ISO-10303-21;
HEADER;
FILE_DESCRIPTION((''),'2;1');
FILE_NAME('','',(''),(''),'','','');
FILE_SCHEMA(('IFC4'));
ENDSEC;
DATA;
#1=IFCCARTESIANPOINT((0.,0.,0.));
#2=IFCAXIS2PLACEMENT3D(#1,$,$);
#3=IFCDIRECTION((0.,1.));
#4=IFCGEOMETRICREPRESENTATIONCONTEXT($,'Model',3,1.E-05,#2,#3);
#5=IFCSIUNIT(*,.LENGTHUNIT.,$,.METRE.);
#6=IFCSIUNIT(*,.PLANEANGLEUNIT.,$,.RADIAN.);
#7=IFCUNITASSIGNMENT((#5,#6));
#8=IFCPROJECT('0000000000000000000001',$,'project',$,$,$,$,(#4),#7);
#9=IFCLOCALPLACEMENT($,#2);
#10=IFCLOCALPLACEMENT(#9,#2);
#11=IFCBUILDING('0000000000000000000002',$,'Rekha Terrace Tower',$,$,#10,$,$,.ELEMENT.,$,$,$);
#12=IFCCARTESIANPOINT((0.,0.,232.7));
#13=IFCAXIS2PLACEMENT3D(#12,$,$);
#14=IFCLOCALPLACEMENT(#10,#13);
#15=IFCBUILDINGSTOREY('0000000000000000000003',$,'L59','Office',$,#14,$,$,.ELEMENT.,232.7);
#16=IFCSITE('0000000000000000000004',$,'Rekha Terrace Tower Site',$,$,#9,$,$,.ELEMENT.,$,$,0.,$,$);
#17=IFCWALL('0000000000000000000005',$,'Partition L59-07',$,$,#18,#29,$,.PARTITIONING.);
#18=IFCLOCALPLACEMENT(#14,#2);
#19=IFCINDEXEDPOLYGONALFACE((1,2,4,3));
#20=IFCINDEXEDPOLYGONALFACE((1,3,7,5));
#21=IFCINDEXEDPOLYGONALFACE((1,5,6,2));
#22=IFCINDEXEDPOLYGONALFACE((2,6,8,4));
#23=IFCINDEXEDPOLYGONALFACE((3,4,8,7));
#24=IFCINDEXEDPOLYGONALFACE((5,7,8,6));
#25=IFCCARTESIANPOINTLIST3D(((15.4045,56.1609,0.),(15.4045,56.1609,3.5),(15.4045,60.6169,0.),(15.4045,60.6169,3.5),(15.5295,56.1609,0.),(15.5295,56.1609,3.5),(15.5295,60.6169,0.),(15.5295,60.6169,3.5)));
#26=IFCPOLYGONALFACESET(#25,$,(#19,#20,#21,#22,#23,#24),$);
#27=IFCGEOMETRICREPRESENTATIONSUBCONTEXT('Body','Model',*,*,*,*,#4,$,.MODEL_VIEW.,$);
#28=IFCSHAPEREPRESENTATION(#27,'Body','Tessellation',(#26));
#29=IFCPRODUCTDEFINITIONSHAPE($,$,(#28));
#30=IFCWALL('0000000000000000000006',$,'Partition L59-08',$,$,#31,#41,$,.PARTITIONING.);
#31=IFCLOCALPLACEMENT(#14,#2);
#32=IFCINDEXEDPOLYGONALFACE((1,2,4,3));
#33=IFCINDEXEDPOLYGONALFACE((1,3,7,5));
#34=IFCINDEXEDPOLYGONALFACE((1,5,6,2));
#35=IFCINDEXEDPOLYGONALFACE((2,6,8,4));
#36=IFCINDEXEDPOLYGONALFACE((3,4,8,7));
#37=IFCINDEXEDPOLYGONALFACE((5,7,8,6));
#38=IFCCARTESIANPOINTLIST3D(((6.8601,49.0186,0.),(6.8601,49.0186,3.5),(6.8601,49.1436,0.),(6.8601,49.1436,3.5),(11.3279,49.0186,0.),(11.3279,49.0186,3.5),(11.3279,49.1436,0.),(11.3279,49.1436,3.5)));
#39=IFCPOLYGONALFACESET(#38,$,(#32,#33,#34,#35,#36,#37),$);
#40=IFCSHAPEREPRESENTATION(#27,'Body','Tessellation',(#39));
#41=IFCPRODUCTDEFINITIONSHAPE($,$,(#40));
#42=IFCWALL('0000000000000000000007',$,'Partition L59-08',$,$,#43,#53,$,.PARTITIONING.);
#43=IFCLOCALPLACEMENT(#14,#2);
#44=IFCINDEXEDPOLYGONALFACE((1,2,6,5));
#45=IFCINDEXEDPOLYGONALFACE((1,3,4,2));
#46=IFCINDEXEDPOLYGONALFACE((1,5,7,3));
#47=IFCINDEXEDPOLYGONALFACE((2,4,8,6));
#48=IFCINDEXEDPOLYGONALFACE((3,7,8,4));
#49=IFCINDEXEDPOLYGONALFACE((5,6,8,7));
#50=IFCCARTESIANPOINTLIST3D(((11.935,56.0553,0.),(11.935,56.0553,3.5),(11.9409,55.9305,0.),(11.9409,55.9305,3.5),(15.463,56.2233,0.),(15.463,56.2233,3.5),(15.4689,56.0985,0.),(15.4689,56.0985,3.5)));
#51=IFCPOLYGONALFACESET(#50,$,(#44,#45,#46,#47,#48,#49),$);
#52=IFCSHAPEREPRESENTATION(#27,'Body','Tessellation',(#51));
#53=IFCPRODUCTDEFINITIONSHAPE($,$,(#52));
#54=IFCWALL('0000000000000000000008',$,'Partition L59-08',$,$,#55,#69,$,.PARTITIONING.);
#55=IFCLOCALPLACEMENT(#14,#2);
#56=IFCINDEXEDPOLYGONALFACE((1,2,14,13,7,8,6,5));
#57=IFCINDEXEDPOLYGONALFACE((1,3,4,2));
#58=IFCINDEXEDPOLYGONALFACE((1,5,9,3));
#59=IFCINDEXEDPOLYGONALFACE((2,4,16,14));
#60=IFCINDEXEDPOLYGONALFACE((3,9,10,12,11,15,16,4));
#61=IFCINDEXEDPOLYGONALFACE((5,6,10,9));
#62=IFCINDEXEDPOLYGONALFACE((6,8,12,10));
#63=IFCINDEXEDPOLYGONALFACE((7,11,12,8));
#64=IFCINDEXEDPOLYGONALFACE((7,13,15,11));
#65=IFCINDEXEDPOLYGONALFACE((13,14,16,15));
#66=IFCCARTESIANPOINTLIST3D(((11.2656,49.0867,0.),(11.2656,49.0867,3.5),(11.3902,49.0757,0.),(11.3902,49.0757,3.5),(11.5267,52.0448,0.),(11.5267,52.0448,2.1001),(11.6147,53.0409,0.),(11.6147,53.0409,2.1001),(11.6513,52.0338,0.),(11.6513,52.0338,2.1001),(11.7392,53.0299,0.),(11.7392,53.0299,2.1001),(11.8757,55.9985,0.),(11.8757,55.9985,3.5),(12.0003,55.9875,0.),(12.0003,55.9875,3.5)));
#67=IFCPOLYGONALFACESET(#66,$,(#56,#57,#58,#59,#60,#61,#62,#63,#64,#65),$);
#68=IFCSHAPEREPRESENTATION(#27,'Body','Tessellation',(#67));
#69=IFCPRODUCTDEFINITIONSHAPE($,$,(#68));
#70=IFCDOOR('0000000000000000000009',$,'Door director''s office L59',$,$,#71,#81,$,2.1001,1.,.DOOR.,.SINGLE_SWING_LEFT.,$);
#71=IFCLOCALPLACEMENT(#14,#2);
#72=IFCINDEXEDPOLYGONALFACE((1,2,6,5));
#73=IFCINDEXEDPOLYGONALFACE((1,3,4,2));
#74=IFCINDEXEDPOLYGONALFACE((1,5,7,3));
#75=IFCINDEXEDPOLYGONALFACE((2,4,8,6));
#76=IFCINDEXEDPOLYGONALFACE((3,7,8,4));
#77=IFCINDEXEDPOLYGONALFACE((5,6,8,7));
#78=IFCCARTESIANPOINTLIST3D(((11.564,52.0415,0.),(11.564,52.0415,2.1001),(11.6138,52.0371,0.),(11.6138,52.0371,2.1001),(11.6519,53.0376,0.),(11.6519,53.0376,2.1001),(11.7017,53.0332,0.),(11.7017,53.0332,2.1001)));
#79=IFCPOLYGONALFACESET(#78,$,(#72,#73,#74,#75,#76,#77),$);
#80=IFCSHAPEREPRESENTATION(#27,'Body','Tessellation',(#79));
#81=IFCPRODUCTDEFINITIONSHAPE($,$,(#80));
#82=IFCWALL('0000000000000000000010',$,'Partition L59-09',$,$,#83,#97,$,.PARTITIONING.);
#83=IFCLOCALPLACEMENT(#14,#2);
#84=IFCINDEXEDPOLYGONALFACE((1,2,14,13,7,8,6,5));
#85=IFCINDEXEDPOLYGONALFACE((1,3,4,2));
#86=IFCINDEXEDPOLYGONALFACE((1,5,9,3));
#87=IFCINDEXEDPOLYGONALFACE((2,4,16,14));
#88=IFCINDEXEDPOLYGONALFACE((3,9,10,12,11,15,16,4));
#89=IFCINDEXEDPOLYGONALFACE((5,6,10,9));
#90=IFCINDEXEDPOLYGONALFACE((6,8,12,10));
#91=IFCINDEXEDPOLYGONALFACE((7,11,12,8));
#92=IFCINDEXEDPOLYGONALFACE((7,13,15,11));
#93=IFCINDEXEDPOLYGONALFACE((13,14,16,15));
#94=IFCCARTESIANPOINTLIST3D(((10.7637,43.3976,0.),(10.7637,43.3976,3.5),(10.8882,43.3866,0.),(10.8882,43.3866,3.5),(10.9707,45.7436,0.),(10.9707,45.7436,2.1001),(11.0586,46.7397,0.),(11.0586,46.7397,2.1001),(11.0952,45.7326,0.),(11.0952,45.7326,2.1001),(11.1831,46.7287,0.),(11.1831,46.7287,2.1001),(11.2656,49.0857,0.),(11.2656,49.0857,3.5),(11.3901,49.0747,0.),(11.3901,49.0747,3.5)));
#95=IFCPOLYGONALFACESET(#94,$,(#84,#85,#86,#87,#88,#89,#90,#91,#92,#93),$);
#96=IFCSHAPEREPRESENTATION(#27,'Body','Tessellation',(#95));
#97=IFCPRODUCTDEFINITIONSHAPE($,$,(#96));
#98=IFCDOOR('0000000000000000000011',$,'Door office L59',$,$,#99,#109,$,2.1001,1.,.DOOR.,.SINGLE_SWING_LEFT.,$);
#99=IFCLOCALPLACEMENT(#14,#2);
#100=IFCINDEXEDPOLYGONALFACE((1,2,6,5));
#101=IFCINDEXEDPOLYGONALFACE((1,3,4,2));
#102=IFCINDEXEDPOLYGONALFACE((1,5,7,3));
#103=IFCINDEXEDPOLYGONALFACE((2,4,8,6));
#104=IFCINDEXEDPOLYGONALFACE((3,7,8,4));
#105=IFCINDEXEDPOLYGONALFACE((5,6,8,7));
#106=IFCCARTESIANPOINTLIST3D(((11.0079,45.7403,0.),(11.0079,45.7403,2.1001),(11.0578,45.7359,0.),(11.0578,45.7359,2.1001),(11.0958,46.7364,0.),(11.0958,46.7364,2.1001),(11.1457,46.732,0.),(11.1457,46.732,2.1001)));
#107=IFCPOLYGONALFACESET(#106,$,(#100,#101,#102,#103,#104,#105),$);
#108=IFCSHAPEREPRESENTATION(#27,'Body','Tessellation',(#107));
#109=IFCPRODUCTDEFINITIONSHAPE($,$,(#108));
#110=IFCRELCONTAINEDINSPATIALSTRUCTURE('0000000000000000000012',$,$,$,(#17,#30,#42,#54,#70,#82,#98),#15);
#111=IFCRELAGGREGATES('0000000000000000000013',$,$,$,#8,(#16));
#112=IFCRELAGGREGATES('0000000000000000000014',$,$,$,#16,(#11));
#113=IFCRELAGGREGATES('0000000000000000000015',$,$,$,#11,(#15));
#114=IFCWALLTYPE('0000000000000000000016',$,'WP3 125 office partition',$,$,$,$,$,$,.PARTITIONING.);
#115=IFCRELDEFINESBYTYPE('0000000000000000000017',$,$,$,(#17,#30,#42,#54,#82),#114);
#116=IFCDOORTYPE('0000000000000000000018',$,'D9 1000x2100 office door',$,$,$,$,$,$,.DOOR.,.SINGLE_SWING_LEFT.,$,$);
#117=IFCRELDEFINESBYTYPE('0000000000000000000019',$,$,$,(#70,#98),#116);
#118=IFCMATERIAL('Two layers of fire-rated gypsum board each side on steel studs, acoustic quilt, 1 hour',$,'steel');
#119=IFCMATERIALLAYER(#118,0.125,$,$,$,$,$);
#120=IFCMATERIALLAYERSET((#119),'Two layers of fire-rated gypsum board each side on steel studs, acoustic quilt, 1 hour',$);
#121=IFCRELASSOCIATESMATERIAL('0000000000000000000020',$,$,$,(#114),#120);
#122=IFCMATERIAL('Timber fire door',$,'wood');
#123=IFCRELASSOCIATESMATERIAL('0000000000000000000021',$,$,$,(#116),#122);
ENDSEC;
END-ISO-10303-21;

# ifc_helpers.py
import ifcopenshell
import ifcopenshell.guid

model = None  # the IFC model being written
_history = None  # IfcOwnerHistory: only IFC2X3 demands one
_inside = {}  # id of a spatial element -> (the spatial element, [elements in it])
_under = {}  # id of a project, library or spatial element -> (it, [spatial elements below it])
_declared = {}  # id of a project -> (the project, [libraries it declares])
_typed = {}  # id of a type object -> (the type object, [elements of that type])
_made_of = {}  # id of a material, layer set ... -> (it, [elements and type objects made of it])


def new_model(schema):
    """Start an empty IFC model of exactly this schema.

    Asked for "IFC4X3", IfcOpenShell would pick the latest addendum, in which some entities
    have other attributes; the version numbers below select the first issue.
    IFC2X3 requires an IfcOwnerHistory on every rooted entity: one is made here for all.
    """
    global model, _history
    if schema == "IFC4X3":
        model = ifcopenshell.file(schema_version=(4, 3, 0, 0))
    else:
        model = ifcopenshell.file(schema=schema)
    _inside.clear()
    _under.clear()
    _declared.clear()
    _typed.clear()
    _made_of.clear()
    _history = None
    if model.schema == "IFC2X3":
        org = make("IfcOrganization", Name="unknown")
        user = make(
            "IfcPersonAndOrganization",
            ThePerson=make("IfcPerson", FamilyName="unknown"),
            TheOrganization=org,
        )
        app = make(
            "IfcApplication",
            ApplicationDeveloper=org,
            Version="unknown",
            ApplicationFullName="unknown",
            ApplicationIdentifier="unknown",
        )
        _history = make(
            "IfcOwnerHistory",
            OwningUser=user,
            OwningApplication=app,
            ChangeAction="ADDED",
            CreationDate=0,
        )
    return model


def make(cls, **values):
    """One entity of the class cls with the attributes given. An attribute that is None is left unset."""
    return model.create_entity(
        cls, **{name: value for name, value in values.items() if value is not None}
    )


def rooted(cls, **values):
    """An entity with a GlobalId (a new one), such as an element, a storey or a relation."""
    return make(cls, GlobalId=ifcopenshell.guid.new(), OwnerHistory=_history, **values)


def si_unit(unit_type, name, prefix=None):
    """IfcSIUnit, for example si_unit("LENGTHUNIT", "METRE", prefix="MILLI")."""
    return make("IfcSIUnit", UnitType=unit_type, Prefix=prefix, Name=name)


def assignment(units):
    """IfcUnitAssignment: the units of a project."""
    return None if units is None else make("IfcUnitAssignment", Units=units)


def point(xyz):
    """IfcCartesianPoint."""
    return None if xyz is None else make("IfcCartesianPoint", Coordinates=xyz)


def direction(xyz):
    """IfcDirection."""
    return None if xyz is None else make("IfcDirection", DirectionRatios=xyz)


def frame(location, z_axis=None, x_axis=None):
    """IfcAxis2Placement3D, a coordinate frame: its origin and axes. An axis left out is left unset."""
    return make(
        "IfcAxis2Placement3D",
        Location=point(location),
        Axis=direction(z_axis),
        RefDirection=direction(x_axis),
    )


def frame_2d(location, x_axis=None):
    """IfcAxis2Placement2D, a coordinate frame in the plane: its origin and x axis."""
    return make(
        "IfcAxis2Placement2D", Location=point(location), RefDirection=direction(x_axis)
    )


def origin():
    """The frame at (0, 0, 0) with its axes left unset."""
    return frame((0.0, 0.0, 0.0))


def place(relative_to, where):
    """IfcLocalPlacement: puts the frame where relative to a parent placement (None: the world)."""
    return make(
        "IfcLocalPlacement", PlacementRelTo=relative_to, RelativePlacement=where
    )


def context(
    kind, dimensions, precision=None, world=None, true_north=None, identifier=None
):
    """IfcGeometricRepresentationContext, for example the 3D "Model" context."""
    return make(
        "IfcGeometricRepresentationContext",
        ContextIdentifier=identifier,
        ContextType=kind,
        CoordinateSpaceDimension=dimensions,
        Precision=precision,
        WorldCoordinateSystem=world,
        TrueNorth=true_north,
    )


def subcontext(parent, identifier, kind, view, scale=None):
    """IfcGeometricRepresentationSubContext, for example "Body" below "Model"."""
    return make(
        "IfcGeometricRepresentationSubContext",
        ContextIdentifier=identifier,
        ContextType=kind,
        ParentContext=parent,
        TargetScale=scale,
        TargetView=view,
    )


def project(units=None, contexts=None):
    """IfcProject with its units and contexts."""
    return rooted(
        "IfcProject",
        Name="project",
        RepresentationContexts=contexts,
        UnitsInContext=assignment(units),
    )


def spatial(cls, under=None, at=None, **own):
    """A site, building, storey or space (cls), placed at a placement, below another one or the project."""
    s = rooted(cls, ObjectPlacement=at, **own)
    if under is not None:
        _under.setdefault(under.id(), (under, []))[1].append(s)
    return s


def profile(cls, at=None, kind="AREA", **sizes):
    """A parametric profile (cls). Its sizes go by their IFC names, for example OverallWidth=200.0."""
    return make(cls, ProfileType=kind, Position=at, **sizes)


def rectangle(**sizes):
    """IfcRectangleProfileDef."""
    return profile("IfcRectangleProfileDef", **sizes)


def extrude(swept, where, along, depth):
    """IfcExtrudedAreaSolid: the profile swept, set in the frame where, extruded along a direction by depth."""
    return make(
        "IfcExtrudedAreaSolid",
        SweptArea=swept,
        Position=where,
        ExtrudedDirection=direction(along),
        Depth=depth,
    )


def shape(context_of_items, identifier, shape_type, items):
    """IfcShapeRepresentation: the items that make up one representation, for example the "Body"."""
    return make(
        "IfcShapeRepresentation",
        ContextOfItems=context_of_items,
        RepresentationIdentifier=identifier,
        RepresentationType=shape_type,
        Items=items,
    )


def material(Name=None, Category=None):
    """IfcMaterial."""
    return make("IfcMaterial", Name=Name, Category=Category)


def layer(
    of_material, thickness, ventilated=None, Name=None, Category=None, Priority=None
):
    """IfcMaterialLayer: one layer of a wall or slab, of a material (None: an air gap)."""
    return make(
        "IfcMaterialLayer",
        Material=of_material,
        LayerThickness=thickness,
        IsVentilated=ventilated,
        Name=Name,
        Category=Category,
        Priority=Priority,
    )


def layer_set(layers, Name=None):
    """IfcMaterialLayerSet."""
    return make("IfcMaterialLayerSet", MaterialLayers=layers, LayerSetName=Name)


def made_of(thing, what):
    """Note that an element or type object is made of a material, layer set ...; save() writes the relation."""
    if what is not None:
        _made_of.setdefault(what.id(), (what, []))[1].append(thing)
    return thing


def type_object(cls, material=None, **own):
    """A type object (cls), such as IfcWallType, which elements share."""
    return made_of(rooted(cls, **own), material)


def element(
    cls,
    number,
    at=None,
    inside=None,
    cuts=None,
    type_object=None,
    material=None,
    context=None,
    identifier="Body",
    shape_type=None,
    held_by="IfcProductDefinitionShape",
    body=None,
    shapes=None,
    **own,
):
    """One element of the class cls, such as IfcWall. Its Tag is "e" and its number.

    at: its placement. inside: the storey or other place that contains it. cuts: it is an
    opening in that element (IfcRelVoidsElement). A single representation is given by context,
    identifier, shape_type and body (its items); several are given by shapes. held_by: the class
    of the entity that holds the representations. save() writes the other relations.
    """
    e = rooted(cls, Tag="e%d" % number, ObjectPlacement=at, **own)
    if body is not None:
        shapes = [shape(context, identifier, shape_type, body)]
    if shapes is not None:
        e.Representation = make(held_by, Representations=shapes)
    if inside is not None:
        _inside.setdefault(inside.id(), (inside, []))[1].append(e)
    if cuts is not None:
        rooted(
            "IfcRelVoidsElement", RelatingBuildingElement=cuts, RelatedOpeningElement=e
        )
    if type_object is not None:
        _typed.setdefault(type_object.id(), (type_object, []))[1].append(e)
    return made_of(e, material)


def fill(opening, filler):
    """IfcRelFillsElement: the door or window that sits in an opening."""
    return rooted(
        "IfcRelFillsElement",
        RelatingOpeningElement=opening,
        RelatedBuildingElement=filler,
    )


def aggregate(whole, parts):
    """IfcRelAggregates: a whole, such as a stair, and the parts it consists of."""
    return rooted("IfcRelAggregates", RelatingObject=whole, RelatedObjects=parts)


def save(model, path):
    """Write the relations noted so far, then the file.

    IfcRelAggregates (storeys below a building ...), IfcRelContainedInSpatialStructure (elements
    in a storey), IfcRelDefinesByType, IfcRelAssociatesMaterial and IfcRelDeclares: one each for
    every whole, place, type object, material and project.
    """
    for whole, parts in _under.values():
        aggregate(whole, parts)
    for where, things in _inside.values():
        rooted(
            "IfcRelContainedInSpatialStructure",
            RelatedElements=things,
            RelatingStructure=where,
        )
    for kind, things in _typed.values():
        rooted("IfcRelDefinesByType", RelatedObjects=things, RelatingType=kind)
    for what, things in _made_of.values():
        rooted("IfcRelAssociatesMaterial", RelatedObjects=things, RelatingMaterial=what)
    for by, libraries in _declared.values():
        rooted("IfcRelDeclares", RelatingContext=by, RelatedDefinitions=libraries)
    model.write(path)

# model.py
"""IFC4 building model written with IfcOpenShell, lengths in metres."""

from ifc_helpers import new_model, si_unit, direction, frame, frame_2d, origin, place, context, subcontext, project, spatial, rectangle, extrude, material, layer, layer_set, type_object, element, fill, save


model = new_model("IFC4")

# Units and contexts
model_context = context("Model", 3, precision=1e-05, world=origin(), true_north=direction((0.0, 1.0)))
body_context = subcontext(model_context, "Body", "Model", "MODEL_VIEW")
ifc_project = project(units=[si_unit("LENGTHUNIT", "METRE"), si_unit("PLANEANGLEUNIT", "RADIAN")], contexts=[model_context])

# Site, building, storey
site_placement = place(None, origin())
site = spatial("IfcSite", under=ifc_project, at=site_placement, Name="Rekha Terrace Tower Site", CompositionType="ELEMENT", RefElevation=0.0)
building_placement = place(site_placement, origin())
building = spatial("IfcBuilding", under=site, at=building_placement, Name="Rekha Terrace Tower", CompositionType="ELEMENT")
storey_placement = place(building_placement, frame((0.0, 0.0, 232.7)))
storey = spatial("IfcBuildingStorey", under=building, at=storey_placement, Name="L59", Description="Office", CompositionType="ELEMENT", Elevation=232.7)

# Walls
ifc_material_1 = material(Name="Two layers of fire-rated gypsum board each side on steel studs, acoustic quilt, 1 hour", Category="steel")
ifc_layer_1 = layer(ifc_material_1, 0.125)
ifc_layer_set_1 = layer_set([ifc_layer_1], Name="Two layers of fire-rated gypsum board each side on steel studs, acoustic quilt, 1 hour")
wall_type = type_object("IfcWallType", Name="WP3 125 office partition", PredefinedType="PARTITIONING", material=ifc_layer_set_1)
wall_1_placement = place(storey_placement, frame((15.467, 56.1609, 0.0), z_axis=(0.0, 0.0, 1.0), x_axis=(0.0, 1.0, 0.0)))
element("IfcWall", 1, at=wall_1_placement, inside=storey, type_object=wall_type, Name="Partition L59-07", PredefinedType="PARTITIONING", context=body_context, shape_type="SweptSolid", body=[
    extrude(rectangle(XDim=4.4561, YDim=0.125, at=frame_2d((2.228, 0.0))), origin(), (0.0, 0.0, 1.0), 3.5),
])
wall_2_placement = place(storey_placement, frame((11.3279, 49.0811, 0.0), z_axis=(0.0, 0.0, 1.0), x_axis=(-1.0, 0.0, 0.0)))
element("IfcWall", 2, at=wall_2_placement, inside=storey, type_object=wall_type, Name="Partition L59-08", PredefinedType="PARTITIONING", context=body_context, shape_type="SweptSolid", body=[
    extrude(rectangle(XDim=4.4678, YDim=0.125, at=frame_2d((2.2339, 0.0))), origin(), (0.0, 0.0, 1.0), 3.5),
])
wall_3_placement = place(storey_placement, frame((15.4661, 56.1609, 0.0), z_axis=(0.0, 0.0, 1.0), x_axis=(-0.998869, -0.047555, 0.0)))
element("IfcWall", 3, at=wall_3_placement, inside=storey, type_object=wall_type, Name="Partition L59-08", PredefinedType="PARTITIONING", context=body_context, shape_type="SweptSolid", body=[
    extrude(rectangle(XDim=3.532, YDim=0.125, at=frame_2d((1.7661, 0.0))), origin(), (0.0, 0.0, 1.0), 3.5),
])

# Walls, openings, doors
wall_4_placement = place(storey_placement, frame((11.938, 55.9929, 0.0), z_axis=(0.0, 0.0, 1.0), x_axis=(-0.087928, -0.996127, 0.0)))
wall_4 = element("IfcWall", 4, at=wall_4_placement, inside=storey, type_object=wall_type, Name="Partition L59-08", PredefinedType="PARTITIONING", context=body_context, shape_type="SweptSolid", body=[
    extrude(rectangle(XDim=6.9387, YDim=0.125, at=frame_2d((3.4692, 0.0))), origin(), (0.0, 0.0, 1.0), 3.5),
])
opening_1_placement = place(wall_4_placement, frame((2.969, 0.0, 0.0)))
opening_1 = element("IfcOpeningElement", 5, at=opening_1_placement, cuts=wall_4, PredefinedType="OPENING", context=body_context, shape_type="SweptSolid", body=[
    extrude(rectangle(XDim=1.0, YDim=2.1001, at=frame_2d((0.5, 1.05))), frame((0.0, 0.0725, 0.0), z_axis=(0.0, -1.0, 0.0), x_axis=(1.0, 0.0, 0.0)), (0.0, 0.0, 1.0), 0.145),
])
ifc_material_2 = material(Name="Timber fire door", Category="wood")
door_type = type_object("IfcDoorType", Name="D9 1000x2100 office door", OperationType="SINGLE_SWING_LEFT", PredefinedType="DOOR", material=ifc_material_2)
door_1_placement = place(opening_1_placement, origin())
door_1 = element("IfcDoor", 6, at=door_1_placement, inside=storey, type_object=door_type, Name="Door director's office L59", OperationType="SINGLE_SWING_LEFT", OverallHeight=2.1001, OverallWidth=1.0, PredefinedType="DOOR", context=body_context, shape_type="SweptSolid", body=[
    extrude(rectangle(XDim=1.0, YDim=2.1001, at=frame_2d((0.5, 1.05))), frame((0.0, 0.0249, 0.0), z_axis=(0.0, -1.0, 0.0), x_axis=(1.0, 0.0, 0.0)), (0.0, 0.0, 1.0), 0.05),
])
fill(opening_1, door_1)
wall_5_placement = place(storey_placement, frame((11.3279, 49.0801, 0.0), z_axis=(0.0, 0.0, 1.0), x_axis=(-0.087906, -0.996129, 0.0)))
wall_5 = element("IfcWall", 7, at=wall_5_placement, inside=storey, type_object=wall_type, Name="Partition L59-09", PredefinedType="PARTITIONING", context=body_context, shape_type="SweptSolid", body=[
    extrude(rectangle(XDim=5.7102, YDim=0.125, at=frame_2d((2.855, 0.0))), origin(), (0.0, 0.0, 1.0), 3.5),
])
opening_2_placement = place(wall_5_placement, frame((2.355, 0.0, 0.0)))
opening_2 = element("IfcOpeningElement", 8, at=opening_2_placement, cuts=wall_5, PredefinedType="OPENING", context=body_context, shape_type="SweptSolid", body=[
    extrude(rectangle(XDim=1.0, YDim=2.1001, at=frame_2d((0.5, 1.05))), frame((0.0, 0.0725, 0.0), z_axis=(0.0, -1.0, 0.0), x_axis=(1.0, 0.0, 0.0)), (0.0, 0.0, 1.0), 0.145),
])
door_2_placement = place(opening_2_placement, origin())
door_2 = element("IfcDoor", 9, at=door_2_placement, inside=storey, type_object=door_type, Name="Door office L59", OperationType="SINGLE_SWING_LEFT", OverallHeight=2.1001, OverallWidth=1.0, PredefinedType="DOOR", context=body_context, shape_type="SweptSolid", body=[
    extrude(rectangle(XDim=1.0, YDim=2.1001, at=frame_2d((0.5, 1.05))), frame((0.0, 0.0249, 0.0), z_axis=(0.0, -1.0, 0.0), x_axis=(1.0, 0.0, 0.0)), (0.0, 0.0, 1.0), 0.05),
])
fill(opening_2, door_2)

save(model, "model.ifc")
